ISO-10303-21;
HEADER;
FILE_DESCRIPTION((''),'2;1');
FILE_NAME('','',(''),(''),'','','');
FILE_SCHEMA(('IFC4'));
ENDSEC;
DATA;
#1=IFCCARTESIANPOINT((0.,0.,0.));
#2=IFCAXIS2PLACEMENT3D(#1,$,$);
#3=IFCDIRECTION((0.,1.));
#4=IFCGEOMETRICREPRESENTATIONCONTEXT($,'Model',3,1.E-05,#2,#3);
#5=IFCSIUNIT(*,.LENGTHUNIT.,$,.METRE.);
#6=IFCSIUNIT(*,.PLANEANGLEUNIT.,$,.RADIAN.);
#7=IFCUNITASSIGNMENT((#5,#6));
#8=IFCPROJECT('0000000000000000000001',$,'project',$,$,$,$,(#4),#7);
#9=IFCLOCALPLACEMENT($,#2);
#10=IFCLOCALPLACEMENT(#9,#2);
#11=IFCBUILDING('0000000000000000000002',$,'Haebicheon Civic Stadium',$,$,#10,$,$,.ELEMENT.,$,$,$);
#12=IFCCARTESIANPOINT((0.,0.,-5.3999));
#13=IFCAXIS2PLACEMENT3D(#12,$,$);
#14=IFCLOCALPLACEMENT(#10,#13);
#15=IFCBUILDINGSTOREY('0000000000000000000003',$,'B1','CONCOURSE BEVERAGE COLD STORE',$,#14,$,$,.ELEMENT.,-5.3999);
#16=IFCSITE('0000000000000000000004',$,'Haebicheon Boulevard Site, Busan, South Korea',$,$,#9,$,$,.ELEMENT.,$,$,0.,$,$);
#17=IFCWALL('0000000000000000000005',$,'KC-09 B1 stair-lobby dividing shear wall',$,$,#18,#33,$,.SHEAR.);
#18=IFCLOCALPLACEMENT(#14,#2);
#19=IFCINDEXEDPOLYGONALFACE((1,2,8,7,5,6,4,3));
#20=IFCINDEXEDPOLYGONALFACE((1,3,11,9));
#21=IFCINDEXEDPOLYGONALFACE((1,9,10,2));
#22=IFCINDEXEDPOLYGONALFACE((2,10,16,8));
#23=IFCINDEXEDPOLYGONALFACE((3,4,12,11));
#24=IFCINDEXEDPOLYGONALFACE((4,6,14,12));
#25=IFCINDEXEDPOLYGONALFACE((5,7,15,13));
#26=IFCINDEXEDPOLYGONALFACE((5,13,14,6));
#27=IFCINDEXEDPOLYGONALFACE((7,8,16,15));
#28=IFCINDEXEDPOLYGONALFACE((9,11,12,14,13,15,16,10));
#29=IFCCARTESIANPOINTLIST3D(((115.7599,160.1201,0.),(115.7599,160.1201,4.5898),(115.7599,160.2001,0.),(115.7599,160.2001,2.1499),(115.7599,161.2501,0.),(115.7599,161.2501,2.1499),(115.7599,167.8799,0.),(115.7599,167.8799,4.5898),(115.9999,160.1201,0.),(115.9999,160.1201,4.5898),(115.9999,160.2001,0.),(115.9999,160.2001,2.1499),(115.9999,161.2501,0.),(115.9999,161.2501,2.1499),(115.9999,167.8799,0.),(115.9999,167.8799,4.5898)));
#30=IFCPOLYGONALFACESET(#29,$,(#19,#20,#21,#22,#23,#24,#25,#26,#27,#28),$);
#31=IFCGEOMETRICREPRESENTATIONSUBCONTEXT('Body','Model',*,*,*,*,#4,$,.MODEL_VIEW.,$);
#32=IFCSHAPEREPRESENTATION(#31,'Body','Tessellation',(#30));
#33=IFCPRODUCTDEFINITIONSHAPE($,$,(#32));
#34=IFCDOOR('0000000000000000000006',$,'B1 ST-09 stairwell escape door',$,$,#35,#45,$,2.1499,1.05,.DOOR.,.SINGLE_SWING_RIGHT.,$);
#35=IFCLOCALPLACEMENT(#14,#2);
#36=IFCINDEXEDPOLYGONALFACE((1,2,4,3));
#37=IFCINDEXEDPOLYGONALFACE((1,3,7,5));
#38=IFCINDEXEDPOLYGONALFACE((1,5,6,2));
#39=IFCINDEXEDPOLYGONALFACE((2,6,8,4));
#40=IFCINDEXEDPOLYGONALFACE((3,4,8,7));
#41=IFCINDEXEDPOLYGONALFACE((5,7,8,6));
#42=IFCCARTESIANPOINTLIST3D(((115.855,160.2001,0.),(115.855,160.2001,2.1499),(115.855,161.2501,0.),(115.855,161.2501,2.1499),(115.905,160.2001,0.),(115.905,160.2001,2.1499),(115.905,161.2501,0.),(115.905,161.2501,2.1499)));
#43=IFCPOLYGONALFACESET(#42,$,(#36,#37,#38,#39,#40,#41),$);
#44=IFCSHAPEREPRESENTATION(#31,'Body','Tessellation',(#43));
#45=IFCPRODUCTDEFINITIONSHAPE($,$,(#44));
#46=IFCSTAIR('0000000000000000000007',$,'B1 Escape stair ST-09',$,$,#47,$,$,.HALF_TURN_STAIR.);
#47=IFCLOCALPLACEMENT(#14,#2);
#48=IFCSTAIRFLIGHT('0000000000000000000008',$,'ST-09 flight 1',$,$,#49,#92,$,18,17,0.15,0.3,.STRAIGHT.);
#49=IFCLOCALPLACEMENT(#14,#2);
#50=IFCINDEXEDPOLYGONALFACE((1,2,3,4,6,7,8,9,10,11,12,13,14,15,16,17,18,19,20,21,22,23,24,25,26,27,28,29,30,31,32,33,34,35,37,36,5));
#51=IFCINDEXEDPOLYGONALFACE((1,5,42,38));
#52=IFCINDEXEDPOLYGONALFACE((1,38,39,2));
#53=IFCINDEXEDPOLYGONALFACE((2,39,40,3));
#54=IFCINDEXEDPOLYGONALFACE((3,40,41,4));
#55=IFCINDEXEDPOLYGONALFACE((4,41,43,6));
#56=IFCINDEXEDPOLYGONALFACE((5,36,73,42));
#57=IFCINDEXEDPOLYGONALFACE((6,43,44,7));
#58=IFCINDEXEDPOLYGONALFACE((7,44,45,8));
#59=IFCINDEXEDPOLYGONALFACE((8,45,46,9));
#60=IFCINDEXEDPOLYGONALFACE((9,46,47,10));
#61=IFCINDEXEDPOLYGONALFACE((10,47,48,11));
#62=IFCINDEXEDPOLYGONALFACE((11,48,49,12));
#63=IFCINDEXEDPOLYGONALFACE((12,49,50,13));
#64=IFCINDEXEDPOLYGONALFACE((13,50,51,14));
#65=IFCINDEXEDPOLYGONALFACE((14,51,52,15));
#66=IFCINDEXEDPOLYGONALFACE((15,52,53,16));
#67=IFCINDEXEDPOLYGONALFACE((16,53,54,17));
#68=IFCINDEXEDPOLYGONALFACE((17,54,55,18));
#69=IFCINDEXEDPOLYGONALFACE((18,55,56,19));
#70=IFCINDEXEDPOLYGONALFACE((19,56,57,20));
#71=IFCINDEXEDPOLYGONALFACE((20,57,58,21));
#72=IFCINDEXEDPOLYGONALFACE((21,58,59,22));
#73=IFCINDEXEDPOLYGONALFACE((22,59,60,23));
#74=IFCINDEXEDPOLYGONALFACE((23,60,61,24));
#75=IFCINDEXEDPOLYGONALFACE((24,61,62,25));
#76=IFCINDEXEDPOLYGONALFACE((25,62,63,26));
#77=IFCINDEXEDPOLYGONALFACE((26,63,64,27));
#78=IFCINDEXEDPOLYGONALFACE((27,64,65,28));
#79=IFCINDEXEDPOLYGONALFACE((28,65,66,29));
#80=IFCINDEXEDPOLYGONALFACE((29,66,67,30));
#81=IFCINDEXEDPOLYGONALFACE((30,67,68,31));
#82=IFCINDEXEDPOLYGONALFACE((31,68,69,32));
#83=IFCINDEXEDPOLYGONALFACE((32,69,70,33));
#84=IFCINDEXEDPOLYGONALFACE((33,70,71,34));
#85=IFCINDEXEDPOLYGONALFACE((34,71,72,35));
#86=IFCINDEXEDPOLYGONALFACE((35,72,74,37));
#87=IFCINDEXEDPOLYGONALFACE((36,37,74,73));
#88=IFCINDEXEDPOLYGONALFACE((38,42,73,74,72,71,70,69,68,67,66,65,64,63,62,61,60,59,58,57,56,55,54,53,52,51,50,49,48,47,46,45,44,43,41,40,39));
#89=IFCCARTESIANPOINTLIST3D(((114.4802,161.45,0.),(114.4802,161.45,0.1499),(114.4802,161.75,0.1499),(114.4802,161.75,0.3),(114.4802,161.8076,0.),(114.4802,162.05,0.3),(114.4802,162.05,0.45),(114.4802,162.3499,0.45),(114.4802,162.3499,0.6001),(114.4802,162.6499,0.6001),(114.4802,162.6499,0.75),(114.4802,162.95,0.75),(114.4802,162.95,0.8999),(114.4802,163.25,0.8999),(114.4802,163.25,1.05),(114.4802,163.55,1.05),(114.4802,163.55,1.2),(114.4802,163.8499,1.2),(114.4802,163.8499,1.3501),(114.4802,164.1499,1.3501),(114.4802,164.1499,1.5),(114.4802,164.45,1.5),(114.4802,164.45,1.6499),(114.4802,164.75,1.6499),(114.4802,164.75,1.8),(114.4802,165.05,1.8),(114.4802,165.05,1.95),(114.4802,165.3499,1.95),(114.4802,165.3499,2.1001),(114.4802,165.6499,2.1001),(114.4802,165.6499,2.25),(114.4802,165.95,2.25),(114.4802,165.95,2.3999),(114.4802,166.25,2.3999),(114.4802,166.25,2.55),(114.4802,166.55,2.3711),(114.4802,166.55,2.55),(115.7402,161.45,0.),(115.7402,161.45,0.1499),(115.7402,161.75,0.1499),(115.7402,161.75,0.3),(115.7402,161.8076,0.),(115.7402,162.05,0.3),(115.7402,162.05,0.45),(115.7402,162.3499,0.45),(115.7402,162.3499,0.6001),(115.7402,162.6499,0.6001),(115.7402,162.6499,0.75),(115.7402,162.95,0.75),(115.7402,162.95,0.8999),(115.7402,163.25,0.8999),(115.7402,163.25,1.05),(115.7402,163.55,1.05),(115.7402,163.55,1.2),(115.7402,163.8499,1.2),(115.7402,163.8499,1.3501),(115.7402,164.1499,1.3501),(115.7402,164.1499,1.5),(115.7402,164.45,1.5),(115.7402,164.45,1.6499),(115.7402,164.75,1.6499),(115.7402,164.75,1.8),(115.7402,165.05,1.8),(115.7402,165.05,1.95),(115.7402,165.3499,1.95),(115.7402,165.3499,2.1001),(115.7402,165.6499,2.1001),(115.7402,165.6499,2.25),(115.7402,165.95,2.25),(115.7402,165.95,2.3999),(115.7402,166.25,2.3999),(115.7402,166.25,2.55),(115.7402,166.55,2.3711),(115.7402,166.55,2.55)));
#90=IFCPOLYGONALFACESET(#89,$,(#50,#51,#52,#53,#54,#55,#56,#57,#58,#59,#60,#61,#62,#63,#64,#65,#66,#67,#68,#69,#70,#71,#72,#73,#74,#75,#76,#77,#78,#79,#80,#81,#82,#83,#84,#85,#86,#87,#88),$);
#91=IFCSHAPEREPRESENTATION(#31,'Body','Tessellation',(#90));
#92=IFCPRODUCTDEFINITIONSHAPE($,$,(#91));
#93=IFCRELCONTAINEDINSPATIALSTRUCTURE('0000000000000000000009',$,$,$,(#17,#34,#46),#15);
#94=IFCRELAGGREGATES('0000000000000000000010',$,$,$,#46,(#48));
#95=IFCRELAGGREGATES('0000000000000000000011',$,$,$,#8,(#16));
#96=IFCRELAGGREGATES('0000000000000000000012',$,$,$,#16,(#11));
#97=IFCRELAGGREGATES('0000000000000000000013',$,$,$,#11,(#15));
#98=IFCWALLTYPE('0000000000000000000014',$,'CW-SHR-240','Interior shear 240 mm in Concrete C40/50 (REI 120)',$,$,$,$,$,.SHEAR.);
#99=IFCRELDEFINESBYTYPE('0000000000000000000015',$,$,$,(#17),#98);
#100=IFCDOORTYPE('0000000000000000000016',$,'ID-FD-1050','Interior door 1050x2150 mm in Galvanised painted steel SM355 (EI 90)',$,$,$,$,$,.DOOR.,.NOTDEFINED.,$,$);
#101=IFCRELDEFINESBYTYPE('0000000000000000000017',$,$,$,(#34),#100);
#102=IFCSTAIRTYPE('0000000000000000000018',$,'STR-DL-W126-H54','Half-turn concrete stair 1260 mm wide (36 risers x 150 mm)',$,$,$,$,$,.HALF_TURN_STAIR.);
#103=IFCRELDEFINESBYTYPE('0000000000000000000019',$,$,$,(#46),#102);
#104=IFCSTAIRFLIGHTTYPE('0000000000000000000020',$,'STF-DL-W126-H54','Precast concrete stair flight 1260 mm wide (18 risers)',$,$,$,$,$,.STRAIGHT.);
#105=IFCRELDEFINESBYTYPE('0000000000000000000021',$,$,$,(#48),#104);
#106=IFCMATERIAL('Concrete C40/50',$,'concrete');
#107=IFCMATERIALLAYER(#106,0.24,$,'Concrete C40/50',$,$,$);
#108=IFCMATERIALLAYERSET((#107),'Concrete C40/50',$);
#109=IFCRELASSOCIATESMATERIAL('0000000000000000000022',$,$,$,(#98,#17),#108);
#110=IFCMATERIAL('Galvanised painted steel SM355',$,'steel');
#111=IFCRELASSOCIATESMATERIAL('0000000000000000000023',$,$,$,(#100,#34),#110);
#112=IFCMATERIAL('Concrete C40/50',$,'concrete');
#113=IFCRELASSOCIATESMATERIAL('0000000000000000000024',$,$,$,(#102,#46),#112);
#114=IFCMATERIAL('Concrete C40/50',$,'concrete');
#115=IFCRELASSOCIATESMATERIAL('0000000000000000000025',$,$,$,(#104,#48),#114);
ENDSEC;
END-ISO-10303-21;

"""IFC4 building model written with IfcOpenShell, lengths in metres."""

from ifc_helpers import new_model, si_unit, direction, frame, frame_2d, origin, place, context, subcontext, project, spatial, polyline, rectangle, outline, extrude, material, layer, layer_set, type_object, element, fill, aggregate, save


model = new_model("IFC4")

# Units and contexts
model_context = context("Model", 3, precision=1e-05, world=origin(), true_north=direction((0.0, 1.0)))
body_context = subcontext(model_context, "Body", "Model", "MODEL_VIEW")
ifc_project = project(units=[si_unit("LENGTHUNIT", "METRE"), si_unit("PLANEANGLEUNIT", "RADIAN")], contexts=[model_context])

# Site, building, storey
site_placement = place(None, origin())
site = spatial("IfcSite", under=ifc_project, at=site_placement, Name="Haebicheon Boulevard Site, Busan, South Korea", CompositionType="ELEMENT", RefElevation=0.0)
building_placement = place(site_placement, origin())
building = spatial("IfcBuilding", under=site, at=building_placement, Name="Haebicheon Civic Stadium", CompositionType="ELEMENT")
storey_placement = place(building_placement, frame((0.0, 0.0, -5.3999)))
storey = spatial("IfcBuildingStorey", under=building, at=storey_placement, Name="B1", Description="CONCOURSE BEVERAGE COLD STORE", CompositionType="ELEMENT", Elevation=-5.3999)

# Shared definitions
ifc_material_1 = material(Name="Concrete C40/50", Category="concrete")
ifc_layer_1 = layer(ifc_material_1, 0.24, Name="Concrete C40/50")
ifc_layer_set_1 = layer_set([ifc_layer_1], Name="Concrete C40/50")
wall_type = type_object("IfcWallType", Name="CW-SHR-240", Description="Interior shear 240 mm in Concrete C40/50 (REI 120)", PredefinedType="SHEAR", material=ifc_layer_set_1)

# Wall, opening, door
wall_1_placement = place(storey_placement, frame((115.8799, 160.1201, 0.0), z_axis=(0.0, 0.0, 1.0), x_axis=(0.0, 1.0, 0.0)))
wall_1 = element("IfcWall", 1, at=wall_1_placement, inside=storey, type_object=wall_type, material=ifc_layer_set_1, Name="KC-09 B1 stair-lobby dividing shear wall", PredefinedType="SHEAR", context=body_context, shape_type="SweptSolid", body=[
    extrude(rectangle(XDim=7.7598, YDim=0.24, at=frame_2d((3.8799, 0.0))), origin(), (0.0, 0.0, 1.0), 4.5898),
])
opening_placement = place(wall_1_placement, frame((0.0801, 0.0, 0.0)))
opening = element("IfcOpeningElement", 2, at=opening_placement, cuts=wall_1, PredefinedType="OPENING", context=body_context, shape_type="SweptSolid", body=[
    extrude(rectangle(XDim=1.05, YDim=2.1499, at=frame_2d((0.5249, 1.075))), frame((0.0, 0.1299, 0.0), z_axis=(0.0, -1.0, 0.0), x_axis=(1.0, 0.0, 0.0)), (0.0, 0.0, 1.0), 0.26),
])
ifc_material_2 = material(Name="Galvanised painted steel SM355", Category="steel")
door_type = type_object("IfcDoorType", Name="ID-FD-1050", Description="Interior door 1050x2150 mm in Galvanised painted steel SM355 (EI 90)", OperationType="NOTDEFINED", PredefinedType="DOOR", material=ifc_material_2)
door_placement = place(opening_placement, origin())
door = element("IfcDoor", 3, at=door_placement, inside=storey, type_object=door_type, material=ifc_material_2, Name="B1 ST-09 stairwell escape door", OperationType="SINGLE_SWING_RIGHT", OverallHeight=2.1499, OverallWidth=1.05, PredefinedType="DOOR", context=body_context, shape_type="SweptSolid", body=[
    extrude(rectangle(XDim=1.05, YDim=2.1499, at=frame_2d((0.5249, 1.075))), frame((0.0, 0.0249, 0.0), z_axis=(0.0, -1.0, 0.0), x_axis=(1.0, 0.0, 0.0)), (0.0, 0.0, 1.0), 0.05),
])
fill(opening, door)

# Stair, stair flight
ifc_material_3 = material(Name="Concrete C40/50", Category="concrete")
stair_type = type_object("IfcStairType", Name="STR-DL-W126-H54", Description="Half-turn concrete stair 1260 mm wide (36 risers x 150 mm)", PredefinedType="HALF_TURN_STAIR", material=ifc_material_3)
stair_placement = place(storey_placement, origin())
stair = element("IfcStair", 4, at=stair_placement, inside=storey, type_object=stair_type, material=ifc_material_3, Name="B1 Escape stair ST-09", PredefinedType="HALF_TURN_STAIR")
ifc_material_4 = material(Name="Concrete C40/50", Category="concrete")
stair_flight_type = type_object("IfcStairFlightType", Name="STF-DL-W126-H54", Description="Precast concrete stair flight 1260 mm wide (18 risers)", PredefinedType="STRAIGHT", material=ifc_material_4)
stair_flight_placement = place(storey_placement, frame((115.1101, 161.45, 0.0), z_axis=(0.0, 0.0, 1.0), x_axis=(0.0, 1.0, 0.0)))
stair_flight = element("IfcStairFlight", 5, at=stair_flight_placement, type_object=stair_flight_type, material=ifc_material_4, Name="ST-09 flight 1", NumberOfRisers=18, NumberOfTreads=17, PredefinedType="STRAIGHT", RiserHeight=0.15, TreadLength=0.3, context=body_context, shape_type="SweptSolid", body=[
    extrude(outline(polyline([(0.0, 0.0), (0.0, 0.1499), (0.3, 0.1499), (0.3, 0.3), (0.6001, 0.3), (0.6001, 0.45), (0.8999, 0.45), (0.8999, 0.6001), (1.2, 0.6001), (1.2, 0.75), (1.5, 0.75), (1.5, 0.8999), (1.8, 0.8999), (1.8, 1.05), (2.1001, 1.05), (2.1001, 1.2), (2.3999, 1.2), (2.3999, 1.3501), (2.7, 1.3501), (2.7, 1.5), (3.0, 1.5), (3.0, 1.6499), (3.3, 1.6499), (3.3, 1.8), (3.6001, 1.8), (3.6001, 1.95), (3.8999, 1.95), (3.8999, 2.1001), (4.2, 2.1001), (4.2, 2.25), (4.5, 2.25), (4.5, 2.3999), (4.8, 2.3999), (4.8, 2.55), (5.1001, 2.55), (5.1001, 2.7), (5.1001, 2.3711), (0.3577, 0.0), (0.0, 0.0)])), frame((0.0, 0.6299, 0.0), z_axis=(0.0, -1.0, 0.0), x_axis=(1.0, 0.0, 0.0)), (0.0, 0.0, 1.0), 1.26),
])
aggregate(stair, [stair_flight])

save(model, "model.ifc")
